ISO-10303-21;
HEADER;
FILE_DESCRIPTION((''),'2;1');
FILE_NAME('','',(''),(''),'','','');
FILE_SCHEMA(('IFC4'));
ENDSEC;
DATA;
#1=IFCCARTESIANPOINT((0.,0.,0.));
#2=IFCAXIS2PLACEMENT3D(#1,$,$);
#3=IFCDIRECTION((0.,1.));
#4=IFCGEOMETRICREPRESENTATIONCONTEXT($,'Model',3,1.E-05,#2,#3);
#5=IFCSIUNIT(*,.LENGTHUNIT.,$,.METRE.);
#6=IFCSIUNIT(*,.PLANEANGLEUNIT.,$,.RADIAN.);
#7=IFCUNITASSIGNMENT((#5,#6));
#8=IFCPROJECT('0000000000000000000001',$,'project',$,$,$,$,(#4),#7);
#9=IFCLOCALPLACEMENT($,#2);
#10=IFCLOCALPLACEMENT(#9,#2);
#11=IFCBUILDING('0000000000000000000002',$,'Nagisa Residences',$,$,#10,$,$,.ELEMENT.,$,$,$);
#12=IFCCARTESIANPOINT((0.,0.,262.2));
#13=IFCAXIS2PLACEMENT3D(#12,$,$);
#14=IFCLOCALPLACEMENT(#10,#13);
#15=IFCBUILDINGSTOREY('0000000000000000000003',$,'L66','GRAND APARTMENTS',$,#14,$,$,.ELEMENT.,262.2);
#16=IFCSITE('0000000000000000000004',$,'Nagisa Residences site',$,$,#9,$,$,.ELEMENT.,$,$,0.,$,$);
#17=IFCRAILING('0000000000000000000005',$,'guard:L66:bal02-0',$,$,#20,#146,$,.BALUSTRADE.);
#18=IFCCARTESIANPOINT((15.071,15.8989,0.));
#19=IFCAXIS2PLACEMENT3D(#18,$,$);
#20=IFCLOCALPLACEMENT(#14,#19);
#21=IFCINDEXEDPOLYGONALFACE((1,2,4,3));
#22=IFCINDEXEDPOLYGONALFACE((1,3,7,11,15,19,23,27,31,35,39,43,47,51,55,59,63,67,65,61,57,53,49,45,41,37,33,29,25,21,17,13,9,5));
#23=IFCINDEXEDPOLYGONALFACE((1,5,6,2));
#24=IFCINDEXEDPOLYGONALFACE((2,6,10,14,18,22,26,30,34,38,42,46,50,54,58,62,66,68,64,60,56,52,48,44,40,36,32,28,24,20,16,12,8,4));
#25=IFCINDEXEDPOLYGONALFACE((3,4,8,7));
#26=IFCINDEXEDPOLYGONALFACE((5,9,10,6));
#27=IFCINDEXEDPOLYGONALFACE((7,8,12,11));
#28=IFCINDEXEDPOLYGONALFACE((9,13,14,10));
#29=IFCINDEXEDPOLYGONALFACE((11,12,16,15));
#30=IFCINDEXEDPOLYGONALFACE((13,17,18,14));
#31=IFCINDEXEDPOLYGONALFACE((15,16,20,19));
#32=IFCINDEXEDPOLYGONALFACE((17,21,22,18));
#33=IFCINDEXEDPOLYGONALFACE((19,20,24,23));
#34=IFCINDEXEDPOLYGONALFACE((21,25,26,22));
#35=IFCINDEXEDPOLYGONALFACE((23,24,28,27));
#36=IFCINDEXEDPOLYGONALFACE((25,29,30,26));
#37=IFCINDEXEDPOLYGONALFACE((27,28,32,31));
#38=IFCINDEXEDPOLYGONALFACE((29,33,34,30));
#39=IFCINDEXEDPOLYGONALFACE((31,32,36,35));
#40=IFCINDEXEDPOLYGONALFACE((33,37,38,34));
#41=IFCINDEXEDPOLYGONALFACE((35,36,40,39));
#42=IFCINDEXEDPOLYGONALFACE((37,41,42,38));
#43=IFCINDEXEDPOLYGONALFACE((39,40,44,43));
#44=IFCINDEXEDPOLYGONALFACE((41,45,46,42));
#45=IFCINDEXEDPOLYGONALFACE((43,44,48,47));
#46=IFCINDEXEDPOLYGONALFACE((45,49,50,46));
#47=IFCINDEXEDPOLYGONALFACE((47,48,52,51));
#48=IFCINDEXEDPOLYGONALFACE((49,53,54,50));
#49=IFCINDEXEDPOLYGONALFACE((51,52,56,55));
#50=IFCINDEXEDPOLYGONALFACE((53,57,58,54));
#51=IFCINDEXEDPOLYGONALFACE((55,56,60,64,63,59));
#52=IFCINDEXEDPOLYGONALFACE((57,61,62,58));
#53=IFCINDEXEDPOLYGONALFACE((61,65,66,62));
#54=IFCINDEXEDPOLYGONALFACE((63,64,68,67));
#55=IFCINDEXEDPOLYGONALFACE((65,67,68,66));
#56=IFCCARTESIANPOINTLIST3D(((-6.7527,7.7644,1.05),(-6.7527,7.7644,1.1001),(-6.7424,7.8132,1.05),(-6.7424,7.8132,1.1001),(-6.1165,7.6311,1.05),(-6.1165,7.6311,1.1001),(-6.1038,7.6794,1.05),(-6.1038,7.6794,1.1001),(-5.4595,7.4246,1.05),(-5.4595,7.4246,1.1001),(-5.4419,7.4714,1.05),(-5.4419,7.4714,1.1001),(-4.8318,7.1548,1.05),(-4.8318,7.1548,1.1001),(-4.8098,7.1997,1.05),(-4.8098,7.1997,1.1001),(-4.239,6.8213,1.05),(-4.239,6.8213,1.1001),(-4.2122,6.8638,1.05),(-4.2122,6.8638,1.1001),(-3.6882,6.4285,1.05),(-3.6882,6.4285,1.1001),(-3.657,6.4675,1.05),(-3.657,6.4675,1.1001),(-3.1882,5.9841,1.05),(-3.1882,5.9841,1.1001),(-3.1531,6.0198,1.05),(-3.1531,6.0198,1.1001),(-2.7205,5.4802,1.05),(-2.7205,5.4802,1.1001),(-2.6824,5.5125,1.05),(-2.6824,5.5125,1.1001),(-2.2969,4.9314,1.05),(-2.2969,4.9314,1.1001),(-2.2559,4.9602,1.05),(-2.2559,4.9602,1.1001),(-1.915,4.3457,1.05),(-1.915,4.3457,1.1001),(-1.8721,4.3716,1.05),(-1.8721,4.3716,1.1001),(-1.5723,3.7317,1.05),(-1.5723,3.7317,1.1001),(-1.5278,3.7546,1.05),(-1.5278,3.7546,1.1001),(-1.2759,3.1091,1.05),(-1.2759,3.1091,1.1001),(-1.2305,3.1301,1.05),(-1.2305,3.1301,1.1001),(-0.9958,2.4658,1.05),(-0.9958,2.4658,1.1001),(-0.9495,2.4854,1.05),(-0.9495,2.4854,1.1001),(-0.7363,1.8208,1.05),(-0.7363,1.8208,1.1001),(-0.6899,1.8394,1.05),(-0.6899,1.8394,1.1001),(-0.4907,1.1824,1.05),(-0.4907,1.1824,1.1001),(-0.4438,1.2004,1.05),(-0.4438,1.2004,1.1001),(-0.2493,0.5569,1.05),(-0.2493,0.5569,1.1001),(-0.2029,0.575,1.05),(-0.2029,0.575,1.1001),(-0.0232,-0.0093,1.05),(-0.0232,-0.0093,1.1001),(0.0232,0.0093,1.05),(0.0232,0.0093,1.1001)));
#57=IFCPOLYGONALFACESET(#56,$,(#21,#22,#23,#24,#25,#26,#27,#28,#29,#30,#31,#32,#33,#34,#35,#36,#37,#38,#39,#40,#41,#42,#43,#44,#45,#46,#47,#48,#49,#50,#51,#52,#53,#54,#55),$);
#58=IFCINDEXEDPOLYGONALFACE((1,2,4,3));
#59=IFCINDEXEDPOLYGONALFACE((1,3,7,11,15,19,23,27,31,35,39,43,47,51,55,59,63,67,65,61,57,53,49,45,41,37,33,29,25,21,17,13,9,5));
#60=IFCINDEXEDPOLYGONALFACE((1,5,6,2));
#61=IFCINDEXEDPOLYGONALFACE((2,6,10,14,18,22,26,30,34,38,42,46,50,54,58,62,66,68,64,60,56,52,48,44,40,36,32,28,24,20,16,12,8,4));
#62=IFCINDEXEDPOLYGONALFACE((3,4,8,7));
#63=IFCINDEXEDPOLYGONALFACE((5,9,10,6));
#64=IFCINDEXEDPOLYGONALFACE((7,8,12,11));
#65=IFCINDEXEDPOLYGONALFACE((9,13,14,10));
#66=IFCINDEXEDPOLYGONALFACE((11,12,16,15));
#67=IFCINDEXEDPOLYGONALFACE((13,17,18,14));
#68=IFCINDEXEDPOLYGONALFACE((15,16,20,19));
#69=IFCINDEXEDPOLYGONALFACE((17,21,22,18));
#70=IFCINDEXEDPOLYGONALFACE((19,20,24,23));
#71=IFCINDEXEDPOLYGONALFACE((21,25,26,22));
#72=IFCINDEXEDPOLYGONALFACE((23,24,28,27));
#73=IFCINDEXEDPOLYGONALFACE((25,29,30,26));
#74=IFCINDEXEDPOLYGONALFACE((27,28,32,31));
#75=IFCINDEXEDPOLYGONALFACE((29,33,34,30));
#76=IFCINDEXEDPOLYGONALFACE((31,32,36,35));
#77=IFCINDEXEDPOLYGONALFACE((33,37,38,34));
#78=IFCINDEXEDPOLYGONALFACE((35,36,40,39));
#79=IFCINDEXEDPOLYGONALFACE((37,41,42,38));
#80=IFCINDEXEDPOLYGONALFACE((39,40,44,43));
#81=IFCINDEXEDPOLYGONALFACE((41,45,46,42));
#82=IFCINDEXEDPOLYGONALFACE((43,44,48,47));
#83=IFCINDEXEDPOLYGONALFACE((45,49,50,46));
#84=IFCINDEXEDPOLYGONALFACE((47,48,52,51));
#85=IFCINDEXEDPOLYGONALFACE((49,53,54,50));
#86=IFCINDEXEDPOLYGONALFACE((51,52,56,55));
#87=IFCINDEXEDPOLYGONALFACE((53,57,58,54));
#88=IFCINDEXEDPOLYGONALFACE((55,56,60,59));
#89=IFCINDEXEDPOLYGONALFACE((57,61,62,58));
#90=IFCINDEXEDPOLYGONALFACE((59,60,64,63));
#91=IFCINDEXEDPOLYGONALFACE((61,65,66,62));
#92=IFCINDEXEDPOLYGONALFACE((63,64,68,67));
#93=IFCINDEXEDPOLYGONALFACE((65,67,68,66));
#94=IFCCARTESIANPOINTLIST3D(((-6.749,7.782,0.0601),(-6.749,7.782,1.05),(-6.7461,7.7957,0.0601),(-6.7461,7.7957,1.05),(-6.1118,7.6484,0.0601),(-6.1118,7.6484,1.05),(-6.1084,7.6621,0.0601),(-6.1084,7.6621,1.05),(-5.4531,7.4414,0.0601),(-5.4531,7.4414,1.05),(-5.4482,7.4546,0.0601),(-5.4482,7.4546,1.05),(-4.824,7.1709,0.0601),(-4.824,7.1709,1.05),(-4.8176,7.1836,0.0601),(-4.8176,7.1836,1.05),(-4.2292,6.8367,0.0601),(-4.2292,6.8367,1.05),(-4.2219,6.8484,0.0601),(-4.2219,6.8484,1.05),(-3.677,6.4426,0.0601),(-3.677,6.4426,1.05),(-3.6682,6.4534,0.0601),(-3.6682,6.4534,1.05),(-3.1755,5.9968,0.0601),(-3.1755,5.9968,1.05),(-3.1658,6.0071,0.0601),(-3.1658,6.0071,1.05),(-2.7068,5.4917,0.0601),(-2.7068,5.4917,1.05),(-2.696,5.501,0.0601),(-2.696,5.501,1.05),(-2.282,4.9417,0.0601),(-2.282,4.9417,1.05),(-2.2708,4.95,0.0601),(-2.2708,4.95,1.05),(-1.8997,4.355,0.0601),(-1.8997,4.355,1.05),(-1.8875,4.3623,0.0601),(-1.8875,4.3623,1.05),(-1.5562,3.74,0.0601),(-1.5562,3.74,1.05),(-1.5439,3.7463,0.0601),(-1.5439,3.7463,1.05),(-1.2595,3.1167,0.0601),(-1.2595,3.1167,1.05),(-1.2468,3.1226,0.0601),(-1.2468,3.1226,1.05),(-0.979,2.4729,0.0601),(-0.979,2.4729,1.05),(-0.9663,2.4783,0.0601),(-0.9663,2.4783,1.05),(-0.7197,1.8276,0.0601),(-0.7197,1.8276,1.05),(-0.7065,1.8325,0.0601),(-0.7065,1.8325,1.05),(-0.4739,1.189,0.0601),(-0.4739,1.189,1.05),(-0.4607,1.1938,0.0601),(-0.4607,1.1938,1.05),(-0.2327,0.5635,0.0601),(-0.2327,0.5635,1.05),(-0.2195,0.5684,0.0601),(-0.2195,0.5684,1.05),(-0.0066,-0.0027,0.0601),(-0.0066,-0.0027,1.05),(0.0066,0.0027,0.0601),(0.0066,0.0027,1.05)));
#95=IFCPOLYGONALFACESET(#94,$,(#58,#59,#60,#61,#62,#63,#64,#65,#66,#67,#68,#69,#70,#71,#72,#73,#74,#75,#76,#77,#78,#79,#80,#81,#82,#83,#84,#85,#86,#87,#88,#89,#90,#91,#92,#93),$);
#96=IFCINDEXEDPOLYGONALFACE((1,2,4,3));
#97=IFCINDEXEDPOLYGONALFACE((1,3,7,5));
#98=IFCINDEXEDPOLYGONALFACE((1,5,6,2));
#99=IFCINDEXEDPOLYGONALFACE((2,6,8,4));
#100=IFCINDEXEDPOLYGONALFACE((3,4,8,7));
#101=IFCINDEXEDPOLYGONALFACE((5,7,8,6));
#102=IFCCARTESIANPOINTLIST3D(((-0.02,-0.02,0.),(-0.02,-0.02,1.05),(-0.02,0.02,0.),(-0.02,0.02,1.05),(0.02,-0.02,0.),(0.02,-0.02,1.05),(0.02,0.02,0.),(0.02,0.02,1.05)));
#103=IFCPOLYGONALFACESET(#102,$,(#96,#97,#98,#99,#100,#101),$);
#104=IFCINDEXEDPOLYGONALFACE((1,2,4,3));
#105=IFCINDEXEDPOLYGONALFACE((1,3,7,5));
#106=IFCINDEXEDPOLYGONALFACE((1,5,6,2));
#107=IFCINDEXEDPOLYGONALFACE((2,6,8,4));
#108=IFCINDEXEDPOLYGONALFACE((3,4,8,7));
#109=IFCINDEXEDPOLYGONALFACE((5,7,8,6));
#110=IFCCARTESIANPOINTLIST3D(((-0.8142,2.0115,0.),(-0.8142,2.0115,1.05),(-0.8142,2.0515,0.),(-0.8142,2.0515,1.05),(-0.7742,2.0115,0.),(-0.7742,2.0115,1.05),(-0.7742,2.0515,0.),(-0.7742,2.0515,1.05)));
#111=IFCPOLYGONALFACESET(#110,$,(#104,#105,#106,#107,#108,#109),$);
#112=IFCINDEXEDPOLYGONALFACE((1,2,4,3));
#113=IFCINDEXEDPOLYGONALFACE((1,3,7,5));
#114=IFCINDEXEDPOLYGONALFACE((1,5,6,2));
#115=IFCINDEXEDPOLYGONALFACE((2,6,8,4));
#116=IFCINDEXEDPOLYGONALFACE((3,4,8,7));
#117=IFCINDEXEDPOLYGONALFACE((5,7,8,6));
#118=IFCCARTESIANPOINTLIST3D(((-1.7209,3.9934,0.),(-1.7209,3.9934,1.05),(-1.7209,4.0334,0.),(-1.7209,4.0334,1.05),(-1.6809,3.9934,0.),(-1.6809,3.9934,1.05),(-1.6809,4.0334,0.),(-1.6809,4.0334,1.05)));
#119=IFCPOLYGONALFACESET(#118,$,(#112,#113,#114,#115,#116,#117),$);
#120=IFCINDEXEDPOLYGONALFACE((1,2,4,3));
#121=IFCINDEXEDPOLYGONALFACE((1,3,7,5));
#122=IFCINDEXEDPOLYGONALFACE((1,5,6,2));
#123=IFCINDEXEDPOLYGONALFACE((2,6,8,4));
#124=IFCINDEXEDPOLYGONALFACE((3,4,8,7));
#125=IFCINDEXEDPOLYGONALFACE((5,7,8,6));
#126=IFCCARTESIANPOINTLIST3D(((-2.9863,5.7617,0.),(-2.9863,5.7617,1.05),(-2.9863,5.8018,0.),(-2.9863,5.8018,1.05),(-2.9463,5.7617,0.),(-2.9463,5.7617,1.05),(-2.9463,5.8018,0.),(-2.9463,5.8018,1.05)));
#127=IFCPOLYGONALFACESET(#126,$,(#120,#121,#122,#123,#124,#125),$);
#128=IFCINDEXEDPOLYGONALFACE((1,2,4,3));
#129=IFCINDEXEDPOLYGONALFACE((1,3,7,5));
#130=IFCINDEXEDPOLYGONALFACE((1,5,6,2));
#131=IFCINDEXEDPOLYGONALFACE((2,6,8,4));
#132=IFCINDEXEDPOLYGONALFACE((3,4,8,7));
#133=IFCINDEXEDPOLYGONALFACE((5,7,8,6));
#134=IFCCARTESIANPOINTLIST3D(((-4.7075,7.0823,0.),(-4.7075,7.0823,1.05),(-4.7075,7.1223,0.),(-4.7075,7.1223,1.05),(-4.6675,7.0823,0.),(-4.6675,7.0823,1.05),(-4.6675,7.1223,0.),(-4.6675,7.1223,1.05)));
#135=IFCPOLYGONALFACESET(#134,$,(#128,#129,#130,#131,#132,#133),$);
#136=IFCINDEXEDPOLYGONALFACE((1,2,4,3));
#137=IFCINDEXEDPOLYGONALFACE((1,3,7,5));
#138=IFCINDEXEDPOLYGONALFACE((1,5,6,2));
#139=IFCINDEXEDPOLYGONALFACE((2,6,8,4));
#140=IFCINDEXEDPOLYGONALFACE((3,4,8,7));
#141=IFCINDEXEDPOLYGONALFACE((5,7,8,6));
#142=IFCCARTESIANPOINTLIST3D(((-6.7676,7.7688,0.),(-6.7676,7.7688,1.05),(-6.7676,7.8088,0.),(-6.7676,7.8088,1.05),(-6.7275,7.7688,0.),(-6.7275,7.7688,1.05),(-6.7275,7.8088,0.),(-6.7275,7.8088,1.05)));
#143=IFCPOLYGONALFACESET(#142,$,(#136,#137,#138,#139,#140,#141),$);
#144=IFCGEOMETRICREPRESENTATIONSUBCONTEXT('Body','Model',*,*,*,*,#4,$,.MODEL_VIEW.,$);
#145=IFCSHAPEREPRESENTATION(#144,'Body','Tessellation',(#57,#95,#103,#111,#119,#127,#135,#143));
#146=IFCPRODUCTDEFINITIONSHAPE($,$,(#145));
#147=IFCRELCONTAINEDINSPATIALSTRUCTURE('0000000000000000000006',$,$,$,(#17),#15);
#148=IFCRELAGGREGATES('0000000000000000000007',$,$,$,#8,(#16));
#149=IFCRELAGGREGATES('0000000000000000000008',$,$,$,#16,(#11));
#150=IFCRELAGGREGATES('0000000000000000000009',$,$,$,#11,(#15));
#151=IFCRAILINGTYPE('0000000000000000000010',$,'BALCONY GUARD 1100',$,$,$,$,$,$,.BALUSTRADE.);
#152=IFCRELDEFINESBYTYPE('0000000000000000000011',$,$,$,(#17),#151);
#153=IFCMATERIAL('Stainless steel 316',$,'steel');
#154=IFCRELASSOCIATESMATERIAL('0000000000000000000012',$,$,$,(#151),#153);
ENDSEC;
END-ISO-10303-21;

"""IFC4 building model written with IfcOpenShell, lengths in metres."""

from ifc_helpers import new_model, si_unit, direction, frame, origin, origin_2d, place, context, subcontext, project, spatial, polyline, rectangle, outline, extrude, material, type_object, element, save


model = new_model("IFC4")

# Units and contexts
model_context = context("Model", 3, precision=1e-05, world=origin(), true_north=direction((0.0, 1.0)))
body_context = subcontext(model_context, "Body", "Model", "MODEL_VIEW")
ifc_project = project(units=[si_unit("LENGTHUNIT", "METRE"), si_unit("PLANEANGLEUNIT", "RADIAN")], contexts=[model_context])

# Site, building, storey
site_placement = place(None, origin())
site = spatial("IfcSite", under=ifc_project, at=site_placement, Name="Nagisa Residences site", CompositionType="ELEMENT", RefElevation=0.0)
building_placement = place(site_placement, origin())
building = spatial("IfcBuilding", under=site, at=building_placement, Name="Nagisa Residences", CompositionType="ELEMENT")
storey_placement = place(building_placement, frame((0.0, 0.0, 262.2)))
storey = spatial("IfcBuildingStorey", under=building, at=storey_placement, Name="L66", Description="GRAND APARTMENTS", CompositionType="ELEMENT", Elevation=262.2)

# Railing
ifc_material_1 = material(Name="Stainless steel 316", Category="steel")
railing_type = type_object("IfcRailingType", Name="BALCONY GUARD 1100", PredefinedType="BALUSTRADE", material=ifc_material_1)
railing_placement = place(storey_placement, frame((15.071, 15.8989, 0.0)))
element("IfcRailing", 1, at=railing_placement, inside=storey, type_object=railing_type, Name="guard:L66:bal02-0", PredefinedType="BALUSTRADE", context=body_context, shape_type="SweptSolid", body=[
    extrude(outline(polyline([(-0.2493, 0.5569), (-0.0232, -0.0093), (0.0232, 0.0093), (-0.2029, 0.575), (-0.4438, 1.2004), (-0.6899, 1.8394), (-0.9495, 2.4854), (-1.2305, 3.1301), (-1.5278, 3.7546), (-1.8721, 4.3716), (-2.2559, 4.9602), (-2.6824, 5.5125), (-3.1531, 6.0198), (-3.657, 6.4675), (-4.2122, 6.8638), (-4.8098, 7.1997), (-5.4419, 7.4714), (-6.1038, 7.6794), (-6.7424, 7.8132), (-6.7527, 7.7644), (-6.1165, 7.6311), (-5.4595, 7.4246), (-4.8318, 7.1548), (-4.239, 6.8213), (-3.6882, 6.4285), (-3.1882, 5.9841), (-2.7205, 5.4802), (-2.2969, 4.9314), (-1.915, 4.3457), (-1.5723, 3.7317), (-1.2759, 3.1091), (-0.9958, 2.4658), (-0.7363, 1.8208), (-0.4907, 1.1824), (-0.2493, 0.5569)])), frame((0.0, 0.0, 1.05)), (0.0, 0.0, 1.0), 0.05),
    extrude(outline(polyline([(-0.2327, 0.5635), (-0.0066, -0.0027), (0.0066, 0.0027), (-0.2195, 0.5684), (-0.4607, 1.1938), (-0.7065, 1.8325), (-0.9663, 2.4783), (-1.2468, 3.1226), (-1.5439, 3.7463), (-1.8875, 4.3623), (-2.2708, 4.95), (-2.696, 5.501), (-3.1658, 6.0071), (-3.6682, 6.4534), (-4.2219, 6.8484), (-4.8176, 7.1836), (-5.4482, 7.4546), (-6.1084, 7.6621), (-6.7461, 7.7957), (-6.749, 7.782), (-6.1118, 7.6484), (-5.4531, 7.4414), (-4.824, 7.1709), (-4.2292, 6.8367), (-3.677, 6.4426), (-3.1755, 5.9968), (-2.7068, 5.4917), (-2.282, 4.9417), (-1.8997, 4.355), (-1.5562, 3.74), (-1.2595, 3.1167), (-0.979, 2.4729), (-0.7197, 1.8276), (-0.4739, 1.189), (-0.2327, 0.5635)])), frame((0.0, 0.0, 0.0601)), (0.0, 0.0, 1.0), 0.99),
    extrude(rectangle(XDim=0.04, YDim=0.04, at=origin_2d()), origin(), (0.0, 0.0, 1.0), 1.05),
    extrude(rectangle(XDim=0.04, YDim=0.04, at=origin_2d()), frame((-0.7942, 2.0315, 0.0)), (0.0, 0.0, 1.0), 1.05),
    extrude(rectangle(XDim=0.04, YDim=0.04, at=origin_2d()), frame((-1.7009, 4.0134, 0.0)), (0.0, 0.0, 1.0), 1.05),
    extrude(rectangle(XDim=0.04, YDim=0.04, at=origin_2d()), frame((-2.9663, 5.7817, 0.0)), (0.0, 0.0, 1.0), 1.05),
    extrude(rectangle(XDim=0.04, YDim=0.04, at=origin_2d()), frame((-4.6875, 7.1023, 0.0)), (0.0, 0.0, 1.0), 1.05),
    extrude(rectangle(XDim=0.04, YDim=0.04, at=origin_2d()), frame((-6.7476, 7.7888, 0.0)), (0.0, 0.0, 1.0), 1.05),
])

save(model, "model.ifc")
